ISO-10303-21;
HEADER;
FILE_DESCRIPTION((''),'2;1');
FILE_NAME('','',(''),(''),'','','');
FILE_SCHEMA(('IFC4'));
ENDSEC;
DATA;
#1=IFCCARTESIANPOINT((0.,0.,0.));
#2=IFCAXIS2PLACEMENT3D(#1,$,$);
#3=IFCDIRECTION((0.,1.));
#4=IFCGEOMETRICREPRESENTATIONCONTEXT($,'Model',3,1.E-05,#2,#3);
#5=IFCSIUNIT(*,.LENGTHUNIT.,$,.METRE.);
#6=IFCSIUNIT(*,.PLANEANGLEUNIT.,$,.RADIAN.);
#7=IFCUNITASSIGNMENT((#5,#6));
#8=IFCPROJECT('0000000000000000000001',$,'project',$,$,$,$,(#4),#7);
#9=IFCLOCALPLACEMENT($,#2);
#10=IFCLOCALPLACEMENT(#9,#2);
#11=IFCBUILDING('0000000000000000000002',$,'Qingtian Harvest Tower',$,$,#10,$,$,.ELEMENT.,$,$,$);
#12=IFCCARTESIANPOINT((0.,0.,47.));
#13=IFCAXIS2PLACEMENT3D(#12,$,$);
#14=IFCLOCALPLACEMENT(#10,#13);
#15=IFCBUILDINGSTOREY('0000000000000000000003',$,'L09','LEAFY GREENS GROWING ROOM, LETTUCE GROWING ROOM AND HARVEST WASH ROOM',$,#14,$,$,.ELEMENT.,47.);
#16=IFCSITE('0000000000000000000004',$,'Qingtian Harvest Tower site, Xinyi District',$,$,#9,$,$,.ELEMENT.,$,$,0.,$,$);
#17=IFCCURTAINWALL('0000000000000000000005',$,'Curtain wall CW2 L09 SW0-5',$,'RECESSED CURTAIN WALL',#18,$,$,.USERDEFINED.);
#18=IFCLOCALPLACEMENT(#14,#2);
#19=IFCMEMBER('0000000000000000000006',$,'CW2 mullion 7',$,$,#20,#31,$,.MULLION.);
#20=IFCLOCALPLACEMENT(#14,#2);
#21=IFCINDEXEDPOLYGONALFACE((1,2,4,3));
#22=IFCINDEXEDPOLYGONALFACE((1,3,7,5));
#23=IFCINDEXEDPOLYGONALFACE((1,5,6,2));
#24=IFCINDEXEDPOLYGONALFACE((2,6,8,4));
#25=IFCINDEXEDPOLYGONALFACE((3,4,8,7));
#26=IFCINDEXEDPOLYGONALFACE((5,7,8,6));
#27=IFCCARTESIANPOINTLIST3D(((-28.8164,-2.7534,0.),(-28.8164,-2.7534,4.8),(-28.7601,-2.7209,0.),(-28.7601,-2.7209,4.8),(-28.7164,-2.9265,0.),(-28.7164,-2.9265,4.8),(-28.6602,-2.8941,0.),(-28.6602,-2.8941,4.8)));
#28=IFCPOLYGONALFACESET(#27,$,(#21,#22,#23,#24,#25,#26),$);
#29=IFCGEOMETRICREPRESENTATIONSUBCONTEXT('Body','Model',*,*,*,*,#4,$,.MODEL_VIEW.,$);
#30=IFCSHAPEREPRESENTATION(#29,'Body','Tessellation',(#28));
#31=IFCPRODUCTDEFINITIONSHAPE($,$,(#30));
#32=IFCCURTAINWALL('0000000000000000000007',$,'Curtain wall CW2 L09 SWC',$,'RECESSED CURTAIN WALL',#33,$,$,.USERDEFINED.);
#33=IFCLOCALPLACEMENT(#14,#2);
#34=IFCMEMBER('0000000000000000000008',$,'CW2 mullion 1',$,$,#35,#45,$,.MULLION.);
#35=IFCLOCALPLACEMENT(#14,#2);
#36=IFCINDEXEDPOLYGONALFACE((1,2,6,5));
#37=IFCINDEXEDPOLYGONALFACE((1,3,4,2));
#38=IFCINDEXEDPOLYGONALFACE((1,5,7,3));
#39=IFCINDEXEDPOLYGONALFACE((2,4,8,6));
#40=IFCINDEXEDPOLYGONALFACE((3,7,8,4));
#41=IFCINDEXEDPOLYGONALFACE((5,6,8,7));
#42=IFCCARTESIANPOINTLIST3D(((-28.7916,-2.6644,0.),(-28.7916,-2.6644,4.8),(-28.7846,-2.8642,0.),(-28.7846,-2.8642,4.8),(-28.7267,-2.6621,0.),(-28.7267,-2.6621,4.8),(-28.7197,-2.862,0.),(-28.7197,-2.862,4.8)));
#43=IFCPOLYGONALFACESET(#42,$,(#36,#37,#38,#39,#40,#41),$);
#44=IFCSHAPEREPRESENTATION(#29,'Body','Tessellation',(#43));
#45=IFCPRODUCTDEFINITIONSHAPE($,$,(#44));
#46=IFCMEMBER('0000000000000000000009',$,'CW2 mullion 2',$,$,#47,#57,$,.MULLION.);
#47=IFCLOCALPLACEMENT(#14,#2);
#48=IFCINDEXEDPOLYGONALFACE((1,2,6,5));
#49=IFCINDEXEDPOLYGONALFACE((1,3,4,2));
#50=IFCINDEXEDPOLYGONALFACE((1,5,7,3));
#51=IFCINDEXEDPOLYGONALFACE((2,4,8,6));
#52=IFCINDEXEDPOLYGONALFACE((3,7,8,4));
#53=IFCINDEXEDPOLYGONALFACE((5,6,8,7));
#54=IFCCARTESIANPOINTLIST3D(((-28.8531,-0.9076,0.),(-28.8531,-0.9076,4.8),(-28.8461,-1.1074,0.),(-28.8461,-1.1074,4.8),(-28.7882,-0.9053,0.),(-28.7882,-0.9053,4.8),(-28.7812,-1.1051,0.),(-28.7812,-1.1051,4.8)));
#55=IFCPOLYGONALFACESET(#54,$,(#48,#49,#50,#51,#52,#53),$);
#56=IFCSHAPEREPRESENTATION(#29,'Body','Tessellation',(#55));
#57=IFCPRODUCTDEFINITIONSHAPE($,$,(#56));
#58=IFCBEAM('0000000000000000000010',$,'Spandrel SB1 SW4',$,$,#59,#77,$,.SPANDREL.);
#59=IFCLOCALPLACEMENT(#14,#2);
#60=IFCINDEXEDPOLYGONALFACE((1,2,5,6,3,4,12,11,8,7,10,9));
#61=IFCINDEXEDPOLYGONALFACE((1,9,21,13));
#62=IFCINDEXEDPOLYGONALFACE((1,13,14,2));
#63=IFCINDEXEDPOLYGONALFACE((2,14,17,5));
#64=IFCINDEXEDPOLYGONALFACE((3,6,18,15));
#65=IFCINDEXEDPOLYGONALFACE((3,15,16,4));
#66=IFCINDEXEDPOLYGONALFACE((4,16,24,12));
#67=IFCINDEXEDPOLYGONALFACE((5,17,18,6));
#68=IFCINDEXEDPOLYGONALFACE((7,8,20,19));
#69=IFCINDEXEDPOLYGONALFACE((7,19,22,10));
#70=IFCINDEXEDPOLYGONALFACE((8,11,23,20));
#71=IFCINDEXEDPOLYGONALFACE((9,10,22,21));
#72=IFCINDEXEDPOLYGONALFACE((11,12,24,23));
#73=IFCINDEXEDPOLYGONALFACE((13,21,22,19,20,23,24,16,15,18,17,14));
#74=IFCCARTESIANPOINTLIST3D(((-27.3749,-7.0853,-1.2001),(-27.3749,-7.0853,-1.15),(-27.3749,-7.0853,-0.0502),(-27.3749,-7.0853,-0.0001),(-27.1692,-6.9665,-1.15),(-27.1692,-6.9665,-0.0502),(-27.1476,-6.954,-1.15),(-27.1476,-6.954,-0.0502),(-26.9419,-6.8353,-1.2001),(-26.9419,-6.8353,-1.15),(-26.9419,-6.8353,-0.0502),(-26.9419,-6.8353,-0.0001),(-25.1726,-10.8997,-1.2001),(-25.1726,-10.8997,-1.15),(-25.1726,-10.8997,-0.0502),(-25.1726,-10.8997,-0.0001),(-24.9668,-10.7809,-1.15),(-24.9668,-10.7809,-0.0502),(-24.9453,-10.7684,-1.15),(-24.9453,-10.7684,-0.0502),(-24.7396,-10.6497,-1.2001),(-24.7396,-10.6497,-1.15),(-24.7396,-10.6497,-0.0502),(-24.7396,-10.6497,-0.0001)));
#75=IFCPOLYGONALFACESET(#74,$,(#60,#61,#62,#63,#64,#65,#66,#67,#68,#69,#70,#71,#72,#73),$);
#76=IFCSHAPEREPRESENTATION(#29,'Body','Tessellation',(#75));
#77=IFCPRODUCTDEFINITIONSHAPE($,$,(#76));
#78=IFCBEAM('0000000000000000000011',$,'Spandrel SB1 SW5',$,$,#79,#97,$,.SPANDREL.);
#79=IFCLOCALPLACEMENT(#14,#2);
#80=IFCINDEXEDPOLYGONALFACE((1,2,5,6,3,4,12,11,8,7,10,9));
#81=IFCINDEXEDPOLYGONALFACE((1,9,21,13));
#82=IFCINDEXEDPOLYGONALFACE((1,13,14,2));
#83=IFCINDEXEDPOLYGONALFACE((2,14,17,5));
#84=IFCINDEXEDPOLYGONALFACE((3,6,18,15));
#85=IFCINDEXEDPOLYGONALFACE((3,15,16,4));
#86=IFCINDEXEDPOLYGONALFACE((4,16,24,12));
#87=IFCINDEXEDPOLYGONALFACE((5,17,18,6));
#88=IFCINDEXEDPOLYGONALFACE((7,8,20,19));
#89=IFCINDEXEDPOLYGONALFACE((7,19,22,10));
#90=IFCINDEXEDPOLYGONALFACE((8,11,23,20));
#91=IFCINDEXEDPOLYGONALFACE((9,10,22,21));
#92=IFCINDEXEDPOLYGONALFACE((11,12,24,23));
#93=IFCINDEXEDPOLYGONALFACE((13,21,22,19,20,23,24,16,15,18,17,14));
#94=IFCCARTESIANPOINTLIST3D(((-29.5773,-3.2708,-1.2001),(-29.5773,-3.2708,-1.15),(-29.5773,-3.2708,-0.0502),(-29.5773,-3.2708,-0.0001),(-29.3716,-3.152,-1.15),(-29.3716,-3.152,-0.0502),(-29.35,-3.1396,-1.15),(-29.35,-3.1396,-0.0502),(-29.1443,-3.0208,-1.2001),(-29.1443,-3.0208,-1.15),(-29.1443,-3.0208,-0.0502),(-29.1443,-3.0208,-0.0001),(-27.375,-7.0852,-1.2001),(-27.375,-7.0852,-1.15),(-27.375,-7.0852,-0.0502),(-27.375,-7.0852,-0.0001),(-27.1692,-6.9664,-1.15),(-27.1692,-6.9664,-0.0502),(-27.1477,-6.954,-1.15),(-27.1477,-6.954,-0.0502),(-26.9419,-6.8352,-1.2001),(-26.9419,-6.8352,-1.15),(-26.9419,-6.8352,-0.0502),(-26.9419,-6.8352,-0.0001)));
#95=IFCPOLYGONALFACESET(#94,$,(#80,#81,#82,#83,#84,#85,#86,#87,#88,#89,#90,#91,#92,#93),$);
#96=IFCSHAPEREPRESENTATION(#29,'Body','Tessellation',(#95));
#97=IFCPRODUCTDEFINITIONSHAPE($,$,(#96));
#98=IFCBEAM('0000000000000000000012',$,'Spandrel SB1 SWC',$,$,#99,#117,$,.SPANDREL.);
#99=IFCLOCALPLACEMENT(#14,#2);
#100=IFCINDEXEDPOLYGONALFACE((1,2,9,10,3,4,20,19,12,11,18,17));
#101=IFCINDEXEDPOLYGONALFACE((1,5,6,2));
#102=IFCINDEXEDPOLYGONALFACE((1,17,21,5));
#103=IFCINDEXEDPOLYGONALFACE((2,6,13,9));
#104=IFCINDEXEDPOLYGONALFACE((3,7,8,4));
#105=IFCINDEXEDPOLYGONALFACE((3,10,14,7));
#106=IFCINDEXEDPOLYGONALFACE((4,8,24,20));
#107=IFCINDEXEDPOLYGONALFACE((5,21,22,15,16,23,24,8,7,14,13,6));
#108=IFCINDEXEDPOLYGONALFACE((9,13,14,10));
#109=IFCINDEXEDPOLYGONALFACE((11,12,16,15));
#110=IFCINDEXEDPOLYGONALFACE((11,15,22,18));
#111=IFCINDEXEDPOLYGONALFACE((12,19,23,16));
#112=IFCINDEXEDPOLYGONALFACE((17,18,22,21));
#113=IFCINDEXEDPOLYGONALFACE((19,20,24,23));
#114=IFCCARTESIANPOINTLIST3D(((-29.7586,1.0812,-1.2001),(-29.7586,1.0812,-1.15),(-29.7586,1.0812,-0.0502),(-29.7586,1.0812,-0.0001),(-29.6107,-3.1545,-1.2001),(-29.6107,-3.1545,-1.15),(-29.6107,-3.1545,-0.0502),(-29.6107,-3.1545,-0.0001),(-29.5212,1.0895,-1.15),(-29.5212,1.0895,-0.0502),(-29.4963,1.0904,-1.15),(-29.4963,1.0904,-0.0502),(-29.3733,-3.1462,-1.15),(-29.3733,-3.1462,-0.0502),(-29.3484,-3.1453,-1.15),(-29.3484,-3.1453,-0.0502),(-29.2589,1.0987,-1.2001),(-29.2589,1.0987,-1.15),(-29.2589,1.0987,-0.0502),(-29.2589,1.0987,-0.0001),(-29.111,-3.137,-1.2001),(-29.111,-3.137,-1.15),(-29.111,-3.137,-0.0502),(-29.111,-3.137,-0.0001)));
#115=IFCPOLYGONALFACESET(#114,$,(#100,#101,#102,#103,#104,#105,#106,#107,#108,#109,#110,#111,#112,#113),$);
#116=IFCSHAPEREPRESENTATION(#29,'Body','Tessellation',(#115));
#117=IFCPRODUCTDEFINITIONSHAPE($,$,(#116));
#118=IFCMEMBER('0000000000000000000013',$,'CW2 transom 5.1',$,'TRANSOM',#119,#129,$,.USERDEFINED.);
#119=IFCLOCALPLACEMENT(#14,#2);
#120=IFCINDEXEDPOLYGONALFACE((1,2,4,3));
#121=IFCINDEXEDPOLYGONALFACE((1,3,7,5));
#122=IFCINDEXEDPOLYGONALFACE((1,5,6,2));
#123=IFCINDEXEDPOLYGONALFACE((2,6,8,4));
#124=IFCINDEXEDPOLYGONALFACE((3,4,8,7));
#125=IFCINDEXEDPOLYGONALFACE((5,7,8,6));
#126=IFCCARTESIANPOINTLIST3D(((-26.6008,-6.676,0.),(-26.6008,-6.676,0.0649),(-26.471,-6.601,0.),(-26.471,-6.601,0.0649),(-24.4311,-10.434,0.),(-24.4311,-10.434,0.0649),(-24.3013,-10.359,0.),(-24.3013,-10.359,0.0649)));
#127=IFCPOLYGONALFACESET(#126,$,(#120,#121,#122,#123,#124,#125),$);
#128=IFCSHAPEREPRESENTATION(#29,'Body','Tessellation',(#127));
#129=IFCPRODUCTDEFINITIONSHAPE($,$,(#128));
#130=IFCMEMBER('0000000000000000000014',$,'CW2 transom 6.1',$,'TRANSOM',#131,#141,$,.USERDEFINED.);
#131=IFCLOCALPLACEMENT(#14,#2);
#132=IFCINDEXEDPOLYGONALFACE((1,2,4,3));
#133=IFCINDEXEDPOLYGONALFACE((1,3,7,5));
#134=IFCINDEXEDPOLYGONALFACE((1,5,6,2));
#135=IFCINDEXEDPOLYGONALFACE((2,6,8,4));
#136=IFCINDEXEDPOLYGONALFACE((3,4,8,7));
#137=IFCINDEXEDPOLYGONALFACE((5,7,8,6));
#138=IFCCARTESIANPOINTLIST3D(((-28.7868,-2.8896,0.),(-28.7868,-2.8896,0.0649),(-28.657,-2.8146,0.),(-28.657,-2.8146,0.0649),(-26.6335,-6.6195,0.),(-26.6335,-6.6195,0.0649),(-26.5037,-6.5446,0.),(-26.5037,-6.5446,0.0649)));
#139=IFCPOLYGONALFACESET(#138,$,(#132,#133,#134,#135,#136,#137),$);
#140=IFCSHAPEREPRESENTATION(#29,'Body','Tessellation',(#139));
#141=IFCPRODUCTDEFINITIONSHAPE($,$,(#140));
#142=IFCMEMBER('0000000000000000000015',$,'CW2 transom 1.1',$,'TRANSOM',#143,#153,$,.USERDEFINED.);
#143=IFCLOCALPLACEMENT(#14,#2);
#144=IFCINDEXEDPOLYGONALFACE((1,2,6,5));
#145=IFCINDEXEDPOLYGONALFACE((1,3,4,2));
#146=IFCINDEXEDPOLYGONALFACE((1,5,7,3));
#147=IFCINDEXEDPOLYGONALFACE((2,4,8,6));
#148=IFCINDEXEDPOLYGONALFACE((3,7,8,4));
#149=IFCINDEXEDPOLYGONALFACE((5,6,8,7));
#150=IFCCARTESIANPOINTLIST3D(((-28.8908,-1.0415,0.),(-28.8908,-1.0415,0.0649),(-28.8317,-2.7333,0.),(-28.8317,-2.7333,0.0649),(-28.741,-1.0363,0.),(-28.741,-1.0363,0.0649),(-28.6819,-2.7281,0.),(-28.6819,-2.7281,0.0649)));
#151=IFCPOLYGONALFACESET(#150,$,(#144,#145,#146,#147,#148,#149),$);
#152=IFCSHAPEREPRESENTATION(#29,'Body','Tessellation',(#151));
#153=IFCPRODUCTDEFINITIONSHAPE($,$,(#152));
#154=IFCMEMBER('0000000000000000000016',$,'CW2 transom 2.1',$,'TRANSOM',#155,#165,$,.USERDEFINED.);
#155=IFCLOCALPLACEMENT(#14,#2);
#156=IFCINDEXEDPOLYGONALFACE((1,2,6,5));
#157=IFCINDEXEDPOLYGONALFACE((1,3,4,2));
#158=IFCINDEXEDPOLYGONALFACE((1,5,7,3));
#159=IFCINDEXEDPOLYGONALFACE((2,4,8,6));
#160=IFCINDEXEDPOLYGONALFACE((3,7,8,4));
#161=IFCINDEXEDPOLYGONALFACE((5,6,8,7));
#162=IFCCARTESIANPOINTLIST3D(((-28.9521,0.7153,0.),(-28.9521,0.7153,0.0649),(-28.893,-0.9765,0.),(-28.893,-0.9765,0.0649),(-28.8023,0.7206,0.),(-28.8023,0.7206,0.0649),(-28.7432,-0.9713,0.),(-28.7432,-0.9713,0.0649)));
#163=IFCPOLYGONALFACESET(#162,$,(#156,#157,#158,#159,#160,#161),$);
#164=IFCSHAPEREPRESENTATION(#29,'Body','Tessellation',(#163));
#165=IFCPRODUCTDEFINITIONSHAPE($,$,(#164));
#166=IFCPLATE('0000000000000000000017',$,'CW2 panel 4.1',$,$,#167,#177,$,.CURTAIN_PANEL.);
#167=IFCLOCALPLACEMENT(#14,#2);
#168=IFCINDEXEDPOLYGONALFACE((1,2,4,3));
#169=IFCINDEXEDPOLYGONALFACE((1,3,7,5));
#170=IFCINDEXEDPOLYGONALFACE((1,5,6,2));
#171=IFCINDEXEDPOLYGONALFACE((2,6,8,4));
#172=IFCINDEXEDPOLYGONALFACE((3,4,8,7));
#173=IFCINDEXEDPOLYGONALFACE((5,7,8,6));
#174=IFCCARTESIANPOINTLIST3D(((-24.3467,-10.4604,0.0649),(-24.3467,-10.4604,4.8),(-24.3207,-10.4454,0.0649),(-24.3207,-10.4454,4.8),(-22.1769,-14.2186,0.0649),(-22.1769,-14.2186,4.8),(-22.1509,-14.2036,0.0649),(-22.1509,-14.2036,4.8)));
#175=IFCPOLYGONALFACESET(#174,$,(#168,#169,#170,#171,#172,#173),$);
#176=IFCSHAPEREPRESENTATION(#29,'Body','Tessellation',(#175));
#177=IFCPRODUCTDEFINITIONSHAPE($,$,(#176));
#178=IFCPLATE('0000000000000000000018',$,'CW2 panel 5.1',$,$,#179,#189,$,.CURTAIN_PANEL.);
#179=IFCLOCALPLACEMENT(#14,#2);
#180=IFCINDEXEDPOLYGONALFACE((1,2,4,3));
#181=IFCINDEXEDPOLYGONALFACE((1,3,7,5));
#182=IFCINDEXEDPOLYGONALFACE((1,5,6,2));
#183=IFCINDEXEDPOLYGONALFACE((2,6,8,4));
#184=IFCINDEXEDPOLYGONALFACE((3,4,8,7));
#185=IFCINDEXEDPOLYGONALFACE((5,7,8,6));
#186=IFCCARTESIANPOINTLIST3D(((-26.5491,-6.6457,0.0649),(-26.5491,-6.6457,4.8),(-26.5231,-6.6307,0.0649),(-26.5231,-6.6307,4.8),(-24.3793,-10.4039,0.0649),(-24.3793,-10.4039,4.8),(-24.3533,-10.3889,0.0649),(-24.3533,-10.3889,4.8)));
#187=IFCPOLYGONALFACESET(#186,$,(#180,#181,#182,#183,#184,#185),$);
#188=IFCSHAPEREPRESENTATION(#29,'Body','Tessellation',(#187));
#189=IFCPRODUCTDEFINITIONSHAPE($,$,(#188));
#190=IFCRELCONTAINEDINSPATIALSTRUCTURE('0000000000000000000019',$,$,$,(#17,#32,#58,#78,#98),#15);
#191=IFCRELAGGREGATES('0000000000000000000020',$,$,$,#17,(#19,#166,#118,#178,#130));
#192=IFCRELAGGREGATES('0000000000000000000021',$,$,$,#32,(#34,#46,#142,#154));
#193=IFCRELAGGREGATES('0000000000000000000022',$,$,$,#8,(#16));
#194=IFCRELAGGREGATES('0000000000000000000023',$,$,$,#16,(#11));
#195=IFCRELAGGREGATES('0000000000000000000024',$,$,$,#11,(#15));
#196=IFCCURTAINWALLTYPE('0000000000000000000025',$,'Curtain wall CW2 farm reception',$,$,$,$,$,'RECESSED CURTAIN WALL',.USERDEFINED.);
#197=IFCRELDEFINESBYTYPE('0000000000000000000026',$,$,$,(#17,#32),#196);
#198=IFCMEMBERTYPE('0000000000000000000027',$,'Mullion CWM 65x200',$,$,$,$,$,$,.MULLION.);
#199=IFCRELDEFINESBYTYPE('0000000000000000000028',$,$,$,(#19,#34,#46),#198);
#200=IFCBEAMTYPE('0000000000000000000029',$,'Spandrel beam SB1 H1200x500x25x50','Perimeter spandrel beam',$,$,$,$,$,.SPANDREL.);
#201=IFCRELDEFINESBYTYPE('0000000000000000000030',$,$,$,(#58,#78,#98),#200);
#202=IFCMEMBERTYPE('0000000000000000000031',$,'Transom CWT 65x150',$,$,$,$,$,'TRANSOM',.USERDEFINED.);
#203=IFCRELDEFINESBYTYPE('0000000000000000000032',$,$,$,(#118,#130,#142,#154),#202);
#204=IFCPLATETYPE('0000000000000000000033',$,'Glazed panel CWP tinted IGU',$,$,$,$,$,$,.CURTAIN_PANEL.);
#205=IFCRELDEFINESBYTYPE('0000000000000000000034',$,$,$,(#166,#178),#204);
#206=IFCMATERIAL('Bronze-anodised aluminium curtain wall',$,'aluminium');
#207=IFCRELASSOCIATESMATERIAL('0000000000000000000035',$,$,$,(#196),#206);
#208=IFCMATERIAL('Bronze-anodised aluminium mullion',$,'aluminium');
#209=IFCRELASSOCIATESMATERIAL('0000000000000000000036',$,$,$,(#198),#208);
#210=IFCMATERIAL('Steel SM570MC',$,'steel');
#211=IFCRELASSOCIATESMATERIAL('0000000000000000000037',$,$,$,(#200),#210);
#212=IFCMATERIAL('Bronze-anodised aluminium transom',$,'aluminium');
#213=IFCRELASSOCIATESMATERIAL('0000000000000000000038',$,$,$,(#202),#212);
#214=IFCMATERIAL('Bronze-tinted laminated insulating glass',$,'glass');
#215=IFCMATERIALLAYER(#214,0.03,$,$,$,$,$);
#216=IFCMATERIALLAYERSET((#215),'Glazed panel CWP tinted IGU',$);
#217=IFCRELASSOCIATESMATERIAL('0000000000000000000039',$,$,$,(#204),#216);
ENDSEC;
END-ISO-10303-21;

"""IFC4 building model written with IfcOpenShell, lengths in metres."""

from ifc_helpers import new_model, si_unit, direction, frame, origin, origin_2d, place, context, subcontext, project, spatial, rectangle, i_section, extrude, material, layer, layer_set, material_profile, profile_set, type_object, element, aggregate, save


model = new_model("IFC4")

# Units and contexts
model_context = context("Model", 3, precision=1e-05, world=origin(), true_north=direction((0.0, 1.0)))
body_context = subcontext(model_context, "Body", "Model", "MODEL_VIEW")
ifc_project = project(units=[si_unit("LENGTHUNIT", "METRE"), si_unit("PLANEANGLEUNIT", "RADIAN")], contexts=[model_context])

# Site, building, storey
site_placement = place(None, origin())
site = spatial("IfcSite", under=ifc_project, at=site_placement, Name="Qingtian Harvest Tower site, Xinyi District", CompositionType="ELEMENT", RefElevation=0.0)
building_placement = place(site_placement, origin())
building = spatial("IfcBuilding", under=site, at=building_placement, Name="Qingtian Harvest Tower", CompositionType="ELEMENT")
storey_placement = place(building_placement, frame((0.0, 0.0, 47.0)))
storey = spatial("IfcBuildingStorey", under=building, at=storey_placement, Name="L09", Description="LEAFY GREENS GROWING ROOM, LETTUCE GROWING ROOM AND HARVEST WASH ROOM", CompositionType="ELEMENT", Elevation=47.0)

# Curtain walls, members
ifc_material_1 = material(Name="Bronze-anodised aluminium curtain wall", Category="aluminium")
curtain_wall_type = type_object("IfcCurtainWallType", Name="Curtain wall CW2 farm reception", ElementType="RECESSED CURTAIN WALL", PredefinedType="USERDEFINED", material=ifc_material_1)
curtain_wall_1_placement = place(storey_placement, origin())
curtain_wall_1 = element("IfcCurtainWall", 1, at=curtain_wall_1_placement, inside=storey, type_object=curtain_wall_type, Name="Curtain wall CW2 L09 SW0-5", ObjectType="RECESSED CURTAIN WALL", PredefinedType="USERDEFINED")
ifc_material_2 = material(Name="Bronze-anodised aluminium mullion", Category="aluminium")
ifc_material_profile_1 = material_profile(ifc_material_2, rectangle(XDim=0.0649, YDim=0.2, at=origin_2d()), Name="AL 65x200")
ifc_profile_set_1 = profile_set([ifc_material_profile_1], Name="Bronze-anodised aluminium mullion")
member_type_1 = type_object("IfcMemberType", Name="Mullion CWM 65x200", PredefinedType="MULLION", material=ifc_profile_set_1)
member_1_placement = place(storey_placement, frame((-28.7383, -2.8237, 0.0), z_axis=(0.0, 0.0, 1.0), x_axis=(-0.866025, -0.5, 0.0)))
member_1 = element("IfcMember", 2, at=member_1_placement, type_object=member_type_1, Name="CW2 mullion 7", PredefinedType="MULLION", context=body_context, shape_type="SweptSolid", body=[
    extrude(rectangle(XDim=0.0649, YDim=0.2, at=origin_2d()), origin(), (0.0, 0.0, 1.0), 4.8),
])
curtain_wall_2_placement = place(storey_placement, origin())
curtain_wall_2 = element("IfcCurtainWall", 3, at=curtain_wall_2_placement, inside=storey, type_object=curtain_wall_type, Name="Curtain wall CW2 L09 SWC", ObjectType="RECESSED CURTAIN WALL", PredefinedType="USERDEFINED")
member_2_placement = place(storey_placement, frame((-28.7556, -2.7632, 0.0), z_axis=(0.0, 0.0, 1.0), x_axis=(-0.999391, -0.034899, 0.0)))
member_2 = element("IfcMember", 4, at=member_2_placement, type_object=member_type_1, Name="CW2 mullion 1", PredefinedType="MULLION", context=body_context, shape_type="SweptSolid", body=[
    extrude(rectangle(XDim=0.0649, YDim=0.2, at=origin_2d()), origin(), (0.0, 0.0, 1.0), 4.8),
])
member_3_placement = place(storey_placement, frame((-28.8171, -1.0063, 0.0), z_axis=(0.0, 0.0, 1.0), x_axis=(-0.999391, -0.034899, 0.0)))
member_3 = element("IfcMember", 5, at=member_3_placement, type_object=member_type_1, Name="CW2 mullion 2", PredefinedType="MULLION", context=body_context, shape_type="SweptSolid", body=[
    extrude(rectangle(XDim=0.0649, YDim=0.2, at=origin_2d()), origin(), (0.0, 0.0, 1.0), 4.8),
])

# Beams
ifc_material_3 = material(Name="Steel SM570MC", Category="steel")
ifc_material_profile_2 = material_profile(ifc_material_3, i_section(OverallWidth=0.5, OverallDepth=1.2, WebThickness=0.0249, FlangeThickness=0.05, at=origin_2d()), Name="H1200x500x25x50")
ifc_profile_set_2 = profile_set([ifc_material_profile_2], Name="Steel SM570MC")
beam_type_1 = type_object("IfcBeamType", Name="Spandrel beam SB1 H1200x500x25x50", Description="Perimeter spandrel beam", PredefinedType="SPANDREL", material=ifc_profile_set_2)
for number, where, z_axis, x_axis, name in (
    (6, (-24.9561, -10.7747, -0.6001), (-0.50002, 0.866014, 0.0), (-0.866014, -0.50002, 0.0), "Spandrel SB1 SW4"),
    (7, (-27.1584, -6.9602, -0.6001), (-0.50002, 0.866014, 0.0), (-0.866014, -0.50002, 0.0), "Spandrel SB1 SW5"),
):
    element("IfcBeam", number, at=place(storey_placement, frame(where, z_axis=z_axis, x_axis=x_axis)), inside=storey, type_object=beam_type_1, Name=name, PredefinedType="SPANDREL", context=body_context, shape_type="SweptSolid", body=[
        extrude(i_section(OverallWidth=0.5, OverallDepth=1.2, WebThickness=0.0249, FlangeThickness=0.05, at=origin_2d()), origin(), (0.0, 0.0, 1.0), 4.4045),
    ])
beam_1_placement = place(storey_placement, frame((-29.3608, -3.1458, -0.6001), z_axis=(-0.034909, 0.999391, 0.0), x_axis=(-0.999391, -0.034909, 0.0)))
element("IfcBeam", 8, at=beam_1_placement, inside=storey, type_object=beam_type_1, Name="Spandrel SB1 SWC", PredefinedType="SPANDREL", context=body_context, shape_type="SweptSolid", body=[
    extrude(i_section(OverallWidth=0.5, OverallDepth=1.2, WebThickness=0.0249, FlangeThickness=0.05, at=origin_2d()), origin(), (0.0, 0.0, 1.0), 4.2383),
])

# Members
ifc_material_4 = material(Name="Bronze-anodised aluminium transom", Category="aluminium")
ifc_material_profile_3 = material_profile(ifc_material_4, rectangle(XDim=0.1499, YDim=0.0649, at=origin_2d()), Name="AL 65x150")
ifc_profile_set_3 = profile_set([ifc_material_profile_3], Name="Bronze-anodised aluminium transom")
member_type_2 = type_object("IfcMemberType", Name="Transom CWT 65x150", ElementType="TRANSOM", PredefinedType="USERDEFINED", material=ifc_profile_set_3)
member_4_placement = place(storey_placement, frame((-24.3662, -10.3965, 0.0325), z_axis=(-0.499994, 0.866029, 0.0), x_axis=(-0.866029, -0.499994, 0.0)))
member_4 = element("IfcMember", 9, at=member_4_placement, type_object=member_type_2, Name="CW2 transom 5.1", ObjectType="TRANSOM", PredefinedType="USERDEFINED", context=body_context, shape_type="SweptSolid", body=[
    extrude(rectangle(XDim=0.1499, YDim=0.0649, at=origin_2d()), origin(), (0.0, 0.0, 1.0), 4.3394),
])
member_5_placement = place(storey_placement, frame((-26.5686, -6.582, 0.0325), z_axis=(-0.499968, 0.866044, 0.0), x_axis=(-0.866044, -0.499968, 0.0)))
member_5 = element("IfcMember", 10, at=member_5_placement, type_object=member_type_2, Name="CW2 transom 6.1", ObjectType="TRANSOM", PredefinedType="USERDEFINED", context=body_context, shape_type="SweptSolid", body=[
    extrude(rectangle(XDim=0.1499, YDim=0.0649, at=origin_2d()), origin(), (0.0, 0.0, 1.0), 4.3069),
])
member_6_placement = place(storey_placement, frame((-28.7568, -2.7307, 0.0325), z_axis=(-0.034899, 0.999391, 0.0), x_axis=(-0.999391, -0.034899, 0.0)))
member_6 = element("IfcMember", 11, at=member_6_placement, type_object=member_type_2, Name="CW2 transom 1.1", ObjectType="TRANSOM", PredefinedType="USERDEFINED", context=body_context, shape_type="SweptSolid", body=[
    extrude(rectangle(XDim=0.1499, YDim=0.0649, at=origin_2d()), origin(), (0.0, 0.0, 1.0), 1.6929),
])
member_7_placement = place(storey_placement, frame((-28.8181, -0.9739, 0.0325), z_axis=(-0.034899, 0.999391, 0.0), x_axis=(-0.999391, -0.034899, 0.0)))
member_7 = element("IfcMember", 12, at=member_7_placement, type_object=member_type_2, Name="CW2 transom 2.1", ObjectType="TRANSOM", PredefinedType="USERDEFINED", context=body_context, shape_type="SweptSolid", body=[
    extrude(rectangle(XDim=0.1499, YDim=0.0649, at=origin_2d()), origin(), (0.0, 0.0, 1.0), 1.6929),
])

# Plates
ifc_material_5 = material(Name="Bronze-tinted laminated insulating glass", Category="glass")
ifc_layer_1 = layer(ifc_material_5, 0.03)
ifc_layer_set_1 = layer_set([ifc_layer_1], Name="Glazed panel CWP tinted IGU")
plate_type = type_object("IfcPlateType", Name="Glazed panel CWP tinted IGU", PredefinedType="CURTAIN_PANEL", material=ifc_layer_set_1)
plate_1_placement = place(storey_placement, frame((-23.2488, -12.332, 0.0649), z_axis=(0.0, 0.0, 1.0), x_axis=(-0.5, 0.866025, 0.0)))
plate_1 = element("IfcPlate", 13, at=plate_1_placement, type_object=plate_type, Name="CW2 panel 4.1", PredefinedType="CURTAIN_PANEL", context=body_context, shape_type="SweptSolid", body=[
    extrude(rectangle(XDim=4.3396, YDim=0.03, at=origin_2d()), origin(), (0.0, 0.0, 1.0), 4.7351),
])
plate_2_placement = place(storey_placement, frame((-25.4512, -8.5173, 0.0649), z_axis=(0.0, 0.0, 1.0), x_axis=(-0.5, 0.866025, 0.0)))
plate_2 = element("IfcPlate", 14, at=plate_2_placement, type_object=plate_type, Name="CW2 panel 5.1", PredefinedType="CURTAIN_PANEL", context=body_context, shape_type="SweptSolid", body=[
    extrude(rectangle(XDim=4.3396, YDim=0.03, at=origin_2d()), origin(), (0.0, 0.0, 1.0), 4.7351),
])
aggregate(curtain_wall_1, [member_1, plate_1, member_4, plate_2, member_5])
aggregate(curtain_wall_2, [member_2, member_3, member_6, member_7])

save(model, "model.ifc")
